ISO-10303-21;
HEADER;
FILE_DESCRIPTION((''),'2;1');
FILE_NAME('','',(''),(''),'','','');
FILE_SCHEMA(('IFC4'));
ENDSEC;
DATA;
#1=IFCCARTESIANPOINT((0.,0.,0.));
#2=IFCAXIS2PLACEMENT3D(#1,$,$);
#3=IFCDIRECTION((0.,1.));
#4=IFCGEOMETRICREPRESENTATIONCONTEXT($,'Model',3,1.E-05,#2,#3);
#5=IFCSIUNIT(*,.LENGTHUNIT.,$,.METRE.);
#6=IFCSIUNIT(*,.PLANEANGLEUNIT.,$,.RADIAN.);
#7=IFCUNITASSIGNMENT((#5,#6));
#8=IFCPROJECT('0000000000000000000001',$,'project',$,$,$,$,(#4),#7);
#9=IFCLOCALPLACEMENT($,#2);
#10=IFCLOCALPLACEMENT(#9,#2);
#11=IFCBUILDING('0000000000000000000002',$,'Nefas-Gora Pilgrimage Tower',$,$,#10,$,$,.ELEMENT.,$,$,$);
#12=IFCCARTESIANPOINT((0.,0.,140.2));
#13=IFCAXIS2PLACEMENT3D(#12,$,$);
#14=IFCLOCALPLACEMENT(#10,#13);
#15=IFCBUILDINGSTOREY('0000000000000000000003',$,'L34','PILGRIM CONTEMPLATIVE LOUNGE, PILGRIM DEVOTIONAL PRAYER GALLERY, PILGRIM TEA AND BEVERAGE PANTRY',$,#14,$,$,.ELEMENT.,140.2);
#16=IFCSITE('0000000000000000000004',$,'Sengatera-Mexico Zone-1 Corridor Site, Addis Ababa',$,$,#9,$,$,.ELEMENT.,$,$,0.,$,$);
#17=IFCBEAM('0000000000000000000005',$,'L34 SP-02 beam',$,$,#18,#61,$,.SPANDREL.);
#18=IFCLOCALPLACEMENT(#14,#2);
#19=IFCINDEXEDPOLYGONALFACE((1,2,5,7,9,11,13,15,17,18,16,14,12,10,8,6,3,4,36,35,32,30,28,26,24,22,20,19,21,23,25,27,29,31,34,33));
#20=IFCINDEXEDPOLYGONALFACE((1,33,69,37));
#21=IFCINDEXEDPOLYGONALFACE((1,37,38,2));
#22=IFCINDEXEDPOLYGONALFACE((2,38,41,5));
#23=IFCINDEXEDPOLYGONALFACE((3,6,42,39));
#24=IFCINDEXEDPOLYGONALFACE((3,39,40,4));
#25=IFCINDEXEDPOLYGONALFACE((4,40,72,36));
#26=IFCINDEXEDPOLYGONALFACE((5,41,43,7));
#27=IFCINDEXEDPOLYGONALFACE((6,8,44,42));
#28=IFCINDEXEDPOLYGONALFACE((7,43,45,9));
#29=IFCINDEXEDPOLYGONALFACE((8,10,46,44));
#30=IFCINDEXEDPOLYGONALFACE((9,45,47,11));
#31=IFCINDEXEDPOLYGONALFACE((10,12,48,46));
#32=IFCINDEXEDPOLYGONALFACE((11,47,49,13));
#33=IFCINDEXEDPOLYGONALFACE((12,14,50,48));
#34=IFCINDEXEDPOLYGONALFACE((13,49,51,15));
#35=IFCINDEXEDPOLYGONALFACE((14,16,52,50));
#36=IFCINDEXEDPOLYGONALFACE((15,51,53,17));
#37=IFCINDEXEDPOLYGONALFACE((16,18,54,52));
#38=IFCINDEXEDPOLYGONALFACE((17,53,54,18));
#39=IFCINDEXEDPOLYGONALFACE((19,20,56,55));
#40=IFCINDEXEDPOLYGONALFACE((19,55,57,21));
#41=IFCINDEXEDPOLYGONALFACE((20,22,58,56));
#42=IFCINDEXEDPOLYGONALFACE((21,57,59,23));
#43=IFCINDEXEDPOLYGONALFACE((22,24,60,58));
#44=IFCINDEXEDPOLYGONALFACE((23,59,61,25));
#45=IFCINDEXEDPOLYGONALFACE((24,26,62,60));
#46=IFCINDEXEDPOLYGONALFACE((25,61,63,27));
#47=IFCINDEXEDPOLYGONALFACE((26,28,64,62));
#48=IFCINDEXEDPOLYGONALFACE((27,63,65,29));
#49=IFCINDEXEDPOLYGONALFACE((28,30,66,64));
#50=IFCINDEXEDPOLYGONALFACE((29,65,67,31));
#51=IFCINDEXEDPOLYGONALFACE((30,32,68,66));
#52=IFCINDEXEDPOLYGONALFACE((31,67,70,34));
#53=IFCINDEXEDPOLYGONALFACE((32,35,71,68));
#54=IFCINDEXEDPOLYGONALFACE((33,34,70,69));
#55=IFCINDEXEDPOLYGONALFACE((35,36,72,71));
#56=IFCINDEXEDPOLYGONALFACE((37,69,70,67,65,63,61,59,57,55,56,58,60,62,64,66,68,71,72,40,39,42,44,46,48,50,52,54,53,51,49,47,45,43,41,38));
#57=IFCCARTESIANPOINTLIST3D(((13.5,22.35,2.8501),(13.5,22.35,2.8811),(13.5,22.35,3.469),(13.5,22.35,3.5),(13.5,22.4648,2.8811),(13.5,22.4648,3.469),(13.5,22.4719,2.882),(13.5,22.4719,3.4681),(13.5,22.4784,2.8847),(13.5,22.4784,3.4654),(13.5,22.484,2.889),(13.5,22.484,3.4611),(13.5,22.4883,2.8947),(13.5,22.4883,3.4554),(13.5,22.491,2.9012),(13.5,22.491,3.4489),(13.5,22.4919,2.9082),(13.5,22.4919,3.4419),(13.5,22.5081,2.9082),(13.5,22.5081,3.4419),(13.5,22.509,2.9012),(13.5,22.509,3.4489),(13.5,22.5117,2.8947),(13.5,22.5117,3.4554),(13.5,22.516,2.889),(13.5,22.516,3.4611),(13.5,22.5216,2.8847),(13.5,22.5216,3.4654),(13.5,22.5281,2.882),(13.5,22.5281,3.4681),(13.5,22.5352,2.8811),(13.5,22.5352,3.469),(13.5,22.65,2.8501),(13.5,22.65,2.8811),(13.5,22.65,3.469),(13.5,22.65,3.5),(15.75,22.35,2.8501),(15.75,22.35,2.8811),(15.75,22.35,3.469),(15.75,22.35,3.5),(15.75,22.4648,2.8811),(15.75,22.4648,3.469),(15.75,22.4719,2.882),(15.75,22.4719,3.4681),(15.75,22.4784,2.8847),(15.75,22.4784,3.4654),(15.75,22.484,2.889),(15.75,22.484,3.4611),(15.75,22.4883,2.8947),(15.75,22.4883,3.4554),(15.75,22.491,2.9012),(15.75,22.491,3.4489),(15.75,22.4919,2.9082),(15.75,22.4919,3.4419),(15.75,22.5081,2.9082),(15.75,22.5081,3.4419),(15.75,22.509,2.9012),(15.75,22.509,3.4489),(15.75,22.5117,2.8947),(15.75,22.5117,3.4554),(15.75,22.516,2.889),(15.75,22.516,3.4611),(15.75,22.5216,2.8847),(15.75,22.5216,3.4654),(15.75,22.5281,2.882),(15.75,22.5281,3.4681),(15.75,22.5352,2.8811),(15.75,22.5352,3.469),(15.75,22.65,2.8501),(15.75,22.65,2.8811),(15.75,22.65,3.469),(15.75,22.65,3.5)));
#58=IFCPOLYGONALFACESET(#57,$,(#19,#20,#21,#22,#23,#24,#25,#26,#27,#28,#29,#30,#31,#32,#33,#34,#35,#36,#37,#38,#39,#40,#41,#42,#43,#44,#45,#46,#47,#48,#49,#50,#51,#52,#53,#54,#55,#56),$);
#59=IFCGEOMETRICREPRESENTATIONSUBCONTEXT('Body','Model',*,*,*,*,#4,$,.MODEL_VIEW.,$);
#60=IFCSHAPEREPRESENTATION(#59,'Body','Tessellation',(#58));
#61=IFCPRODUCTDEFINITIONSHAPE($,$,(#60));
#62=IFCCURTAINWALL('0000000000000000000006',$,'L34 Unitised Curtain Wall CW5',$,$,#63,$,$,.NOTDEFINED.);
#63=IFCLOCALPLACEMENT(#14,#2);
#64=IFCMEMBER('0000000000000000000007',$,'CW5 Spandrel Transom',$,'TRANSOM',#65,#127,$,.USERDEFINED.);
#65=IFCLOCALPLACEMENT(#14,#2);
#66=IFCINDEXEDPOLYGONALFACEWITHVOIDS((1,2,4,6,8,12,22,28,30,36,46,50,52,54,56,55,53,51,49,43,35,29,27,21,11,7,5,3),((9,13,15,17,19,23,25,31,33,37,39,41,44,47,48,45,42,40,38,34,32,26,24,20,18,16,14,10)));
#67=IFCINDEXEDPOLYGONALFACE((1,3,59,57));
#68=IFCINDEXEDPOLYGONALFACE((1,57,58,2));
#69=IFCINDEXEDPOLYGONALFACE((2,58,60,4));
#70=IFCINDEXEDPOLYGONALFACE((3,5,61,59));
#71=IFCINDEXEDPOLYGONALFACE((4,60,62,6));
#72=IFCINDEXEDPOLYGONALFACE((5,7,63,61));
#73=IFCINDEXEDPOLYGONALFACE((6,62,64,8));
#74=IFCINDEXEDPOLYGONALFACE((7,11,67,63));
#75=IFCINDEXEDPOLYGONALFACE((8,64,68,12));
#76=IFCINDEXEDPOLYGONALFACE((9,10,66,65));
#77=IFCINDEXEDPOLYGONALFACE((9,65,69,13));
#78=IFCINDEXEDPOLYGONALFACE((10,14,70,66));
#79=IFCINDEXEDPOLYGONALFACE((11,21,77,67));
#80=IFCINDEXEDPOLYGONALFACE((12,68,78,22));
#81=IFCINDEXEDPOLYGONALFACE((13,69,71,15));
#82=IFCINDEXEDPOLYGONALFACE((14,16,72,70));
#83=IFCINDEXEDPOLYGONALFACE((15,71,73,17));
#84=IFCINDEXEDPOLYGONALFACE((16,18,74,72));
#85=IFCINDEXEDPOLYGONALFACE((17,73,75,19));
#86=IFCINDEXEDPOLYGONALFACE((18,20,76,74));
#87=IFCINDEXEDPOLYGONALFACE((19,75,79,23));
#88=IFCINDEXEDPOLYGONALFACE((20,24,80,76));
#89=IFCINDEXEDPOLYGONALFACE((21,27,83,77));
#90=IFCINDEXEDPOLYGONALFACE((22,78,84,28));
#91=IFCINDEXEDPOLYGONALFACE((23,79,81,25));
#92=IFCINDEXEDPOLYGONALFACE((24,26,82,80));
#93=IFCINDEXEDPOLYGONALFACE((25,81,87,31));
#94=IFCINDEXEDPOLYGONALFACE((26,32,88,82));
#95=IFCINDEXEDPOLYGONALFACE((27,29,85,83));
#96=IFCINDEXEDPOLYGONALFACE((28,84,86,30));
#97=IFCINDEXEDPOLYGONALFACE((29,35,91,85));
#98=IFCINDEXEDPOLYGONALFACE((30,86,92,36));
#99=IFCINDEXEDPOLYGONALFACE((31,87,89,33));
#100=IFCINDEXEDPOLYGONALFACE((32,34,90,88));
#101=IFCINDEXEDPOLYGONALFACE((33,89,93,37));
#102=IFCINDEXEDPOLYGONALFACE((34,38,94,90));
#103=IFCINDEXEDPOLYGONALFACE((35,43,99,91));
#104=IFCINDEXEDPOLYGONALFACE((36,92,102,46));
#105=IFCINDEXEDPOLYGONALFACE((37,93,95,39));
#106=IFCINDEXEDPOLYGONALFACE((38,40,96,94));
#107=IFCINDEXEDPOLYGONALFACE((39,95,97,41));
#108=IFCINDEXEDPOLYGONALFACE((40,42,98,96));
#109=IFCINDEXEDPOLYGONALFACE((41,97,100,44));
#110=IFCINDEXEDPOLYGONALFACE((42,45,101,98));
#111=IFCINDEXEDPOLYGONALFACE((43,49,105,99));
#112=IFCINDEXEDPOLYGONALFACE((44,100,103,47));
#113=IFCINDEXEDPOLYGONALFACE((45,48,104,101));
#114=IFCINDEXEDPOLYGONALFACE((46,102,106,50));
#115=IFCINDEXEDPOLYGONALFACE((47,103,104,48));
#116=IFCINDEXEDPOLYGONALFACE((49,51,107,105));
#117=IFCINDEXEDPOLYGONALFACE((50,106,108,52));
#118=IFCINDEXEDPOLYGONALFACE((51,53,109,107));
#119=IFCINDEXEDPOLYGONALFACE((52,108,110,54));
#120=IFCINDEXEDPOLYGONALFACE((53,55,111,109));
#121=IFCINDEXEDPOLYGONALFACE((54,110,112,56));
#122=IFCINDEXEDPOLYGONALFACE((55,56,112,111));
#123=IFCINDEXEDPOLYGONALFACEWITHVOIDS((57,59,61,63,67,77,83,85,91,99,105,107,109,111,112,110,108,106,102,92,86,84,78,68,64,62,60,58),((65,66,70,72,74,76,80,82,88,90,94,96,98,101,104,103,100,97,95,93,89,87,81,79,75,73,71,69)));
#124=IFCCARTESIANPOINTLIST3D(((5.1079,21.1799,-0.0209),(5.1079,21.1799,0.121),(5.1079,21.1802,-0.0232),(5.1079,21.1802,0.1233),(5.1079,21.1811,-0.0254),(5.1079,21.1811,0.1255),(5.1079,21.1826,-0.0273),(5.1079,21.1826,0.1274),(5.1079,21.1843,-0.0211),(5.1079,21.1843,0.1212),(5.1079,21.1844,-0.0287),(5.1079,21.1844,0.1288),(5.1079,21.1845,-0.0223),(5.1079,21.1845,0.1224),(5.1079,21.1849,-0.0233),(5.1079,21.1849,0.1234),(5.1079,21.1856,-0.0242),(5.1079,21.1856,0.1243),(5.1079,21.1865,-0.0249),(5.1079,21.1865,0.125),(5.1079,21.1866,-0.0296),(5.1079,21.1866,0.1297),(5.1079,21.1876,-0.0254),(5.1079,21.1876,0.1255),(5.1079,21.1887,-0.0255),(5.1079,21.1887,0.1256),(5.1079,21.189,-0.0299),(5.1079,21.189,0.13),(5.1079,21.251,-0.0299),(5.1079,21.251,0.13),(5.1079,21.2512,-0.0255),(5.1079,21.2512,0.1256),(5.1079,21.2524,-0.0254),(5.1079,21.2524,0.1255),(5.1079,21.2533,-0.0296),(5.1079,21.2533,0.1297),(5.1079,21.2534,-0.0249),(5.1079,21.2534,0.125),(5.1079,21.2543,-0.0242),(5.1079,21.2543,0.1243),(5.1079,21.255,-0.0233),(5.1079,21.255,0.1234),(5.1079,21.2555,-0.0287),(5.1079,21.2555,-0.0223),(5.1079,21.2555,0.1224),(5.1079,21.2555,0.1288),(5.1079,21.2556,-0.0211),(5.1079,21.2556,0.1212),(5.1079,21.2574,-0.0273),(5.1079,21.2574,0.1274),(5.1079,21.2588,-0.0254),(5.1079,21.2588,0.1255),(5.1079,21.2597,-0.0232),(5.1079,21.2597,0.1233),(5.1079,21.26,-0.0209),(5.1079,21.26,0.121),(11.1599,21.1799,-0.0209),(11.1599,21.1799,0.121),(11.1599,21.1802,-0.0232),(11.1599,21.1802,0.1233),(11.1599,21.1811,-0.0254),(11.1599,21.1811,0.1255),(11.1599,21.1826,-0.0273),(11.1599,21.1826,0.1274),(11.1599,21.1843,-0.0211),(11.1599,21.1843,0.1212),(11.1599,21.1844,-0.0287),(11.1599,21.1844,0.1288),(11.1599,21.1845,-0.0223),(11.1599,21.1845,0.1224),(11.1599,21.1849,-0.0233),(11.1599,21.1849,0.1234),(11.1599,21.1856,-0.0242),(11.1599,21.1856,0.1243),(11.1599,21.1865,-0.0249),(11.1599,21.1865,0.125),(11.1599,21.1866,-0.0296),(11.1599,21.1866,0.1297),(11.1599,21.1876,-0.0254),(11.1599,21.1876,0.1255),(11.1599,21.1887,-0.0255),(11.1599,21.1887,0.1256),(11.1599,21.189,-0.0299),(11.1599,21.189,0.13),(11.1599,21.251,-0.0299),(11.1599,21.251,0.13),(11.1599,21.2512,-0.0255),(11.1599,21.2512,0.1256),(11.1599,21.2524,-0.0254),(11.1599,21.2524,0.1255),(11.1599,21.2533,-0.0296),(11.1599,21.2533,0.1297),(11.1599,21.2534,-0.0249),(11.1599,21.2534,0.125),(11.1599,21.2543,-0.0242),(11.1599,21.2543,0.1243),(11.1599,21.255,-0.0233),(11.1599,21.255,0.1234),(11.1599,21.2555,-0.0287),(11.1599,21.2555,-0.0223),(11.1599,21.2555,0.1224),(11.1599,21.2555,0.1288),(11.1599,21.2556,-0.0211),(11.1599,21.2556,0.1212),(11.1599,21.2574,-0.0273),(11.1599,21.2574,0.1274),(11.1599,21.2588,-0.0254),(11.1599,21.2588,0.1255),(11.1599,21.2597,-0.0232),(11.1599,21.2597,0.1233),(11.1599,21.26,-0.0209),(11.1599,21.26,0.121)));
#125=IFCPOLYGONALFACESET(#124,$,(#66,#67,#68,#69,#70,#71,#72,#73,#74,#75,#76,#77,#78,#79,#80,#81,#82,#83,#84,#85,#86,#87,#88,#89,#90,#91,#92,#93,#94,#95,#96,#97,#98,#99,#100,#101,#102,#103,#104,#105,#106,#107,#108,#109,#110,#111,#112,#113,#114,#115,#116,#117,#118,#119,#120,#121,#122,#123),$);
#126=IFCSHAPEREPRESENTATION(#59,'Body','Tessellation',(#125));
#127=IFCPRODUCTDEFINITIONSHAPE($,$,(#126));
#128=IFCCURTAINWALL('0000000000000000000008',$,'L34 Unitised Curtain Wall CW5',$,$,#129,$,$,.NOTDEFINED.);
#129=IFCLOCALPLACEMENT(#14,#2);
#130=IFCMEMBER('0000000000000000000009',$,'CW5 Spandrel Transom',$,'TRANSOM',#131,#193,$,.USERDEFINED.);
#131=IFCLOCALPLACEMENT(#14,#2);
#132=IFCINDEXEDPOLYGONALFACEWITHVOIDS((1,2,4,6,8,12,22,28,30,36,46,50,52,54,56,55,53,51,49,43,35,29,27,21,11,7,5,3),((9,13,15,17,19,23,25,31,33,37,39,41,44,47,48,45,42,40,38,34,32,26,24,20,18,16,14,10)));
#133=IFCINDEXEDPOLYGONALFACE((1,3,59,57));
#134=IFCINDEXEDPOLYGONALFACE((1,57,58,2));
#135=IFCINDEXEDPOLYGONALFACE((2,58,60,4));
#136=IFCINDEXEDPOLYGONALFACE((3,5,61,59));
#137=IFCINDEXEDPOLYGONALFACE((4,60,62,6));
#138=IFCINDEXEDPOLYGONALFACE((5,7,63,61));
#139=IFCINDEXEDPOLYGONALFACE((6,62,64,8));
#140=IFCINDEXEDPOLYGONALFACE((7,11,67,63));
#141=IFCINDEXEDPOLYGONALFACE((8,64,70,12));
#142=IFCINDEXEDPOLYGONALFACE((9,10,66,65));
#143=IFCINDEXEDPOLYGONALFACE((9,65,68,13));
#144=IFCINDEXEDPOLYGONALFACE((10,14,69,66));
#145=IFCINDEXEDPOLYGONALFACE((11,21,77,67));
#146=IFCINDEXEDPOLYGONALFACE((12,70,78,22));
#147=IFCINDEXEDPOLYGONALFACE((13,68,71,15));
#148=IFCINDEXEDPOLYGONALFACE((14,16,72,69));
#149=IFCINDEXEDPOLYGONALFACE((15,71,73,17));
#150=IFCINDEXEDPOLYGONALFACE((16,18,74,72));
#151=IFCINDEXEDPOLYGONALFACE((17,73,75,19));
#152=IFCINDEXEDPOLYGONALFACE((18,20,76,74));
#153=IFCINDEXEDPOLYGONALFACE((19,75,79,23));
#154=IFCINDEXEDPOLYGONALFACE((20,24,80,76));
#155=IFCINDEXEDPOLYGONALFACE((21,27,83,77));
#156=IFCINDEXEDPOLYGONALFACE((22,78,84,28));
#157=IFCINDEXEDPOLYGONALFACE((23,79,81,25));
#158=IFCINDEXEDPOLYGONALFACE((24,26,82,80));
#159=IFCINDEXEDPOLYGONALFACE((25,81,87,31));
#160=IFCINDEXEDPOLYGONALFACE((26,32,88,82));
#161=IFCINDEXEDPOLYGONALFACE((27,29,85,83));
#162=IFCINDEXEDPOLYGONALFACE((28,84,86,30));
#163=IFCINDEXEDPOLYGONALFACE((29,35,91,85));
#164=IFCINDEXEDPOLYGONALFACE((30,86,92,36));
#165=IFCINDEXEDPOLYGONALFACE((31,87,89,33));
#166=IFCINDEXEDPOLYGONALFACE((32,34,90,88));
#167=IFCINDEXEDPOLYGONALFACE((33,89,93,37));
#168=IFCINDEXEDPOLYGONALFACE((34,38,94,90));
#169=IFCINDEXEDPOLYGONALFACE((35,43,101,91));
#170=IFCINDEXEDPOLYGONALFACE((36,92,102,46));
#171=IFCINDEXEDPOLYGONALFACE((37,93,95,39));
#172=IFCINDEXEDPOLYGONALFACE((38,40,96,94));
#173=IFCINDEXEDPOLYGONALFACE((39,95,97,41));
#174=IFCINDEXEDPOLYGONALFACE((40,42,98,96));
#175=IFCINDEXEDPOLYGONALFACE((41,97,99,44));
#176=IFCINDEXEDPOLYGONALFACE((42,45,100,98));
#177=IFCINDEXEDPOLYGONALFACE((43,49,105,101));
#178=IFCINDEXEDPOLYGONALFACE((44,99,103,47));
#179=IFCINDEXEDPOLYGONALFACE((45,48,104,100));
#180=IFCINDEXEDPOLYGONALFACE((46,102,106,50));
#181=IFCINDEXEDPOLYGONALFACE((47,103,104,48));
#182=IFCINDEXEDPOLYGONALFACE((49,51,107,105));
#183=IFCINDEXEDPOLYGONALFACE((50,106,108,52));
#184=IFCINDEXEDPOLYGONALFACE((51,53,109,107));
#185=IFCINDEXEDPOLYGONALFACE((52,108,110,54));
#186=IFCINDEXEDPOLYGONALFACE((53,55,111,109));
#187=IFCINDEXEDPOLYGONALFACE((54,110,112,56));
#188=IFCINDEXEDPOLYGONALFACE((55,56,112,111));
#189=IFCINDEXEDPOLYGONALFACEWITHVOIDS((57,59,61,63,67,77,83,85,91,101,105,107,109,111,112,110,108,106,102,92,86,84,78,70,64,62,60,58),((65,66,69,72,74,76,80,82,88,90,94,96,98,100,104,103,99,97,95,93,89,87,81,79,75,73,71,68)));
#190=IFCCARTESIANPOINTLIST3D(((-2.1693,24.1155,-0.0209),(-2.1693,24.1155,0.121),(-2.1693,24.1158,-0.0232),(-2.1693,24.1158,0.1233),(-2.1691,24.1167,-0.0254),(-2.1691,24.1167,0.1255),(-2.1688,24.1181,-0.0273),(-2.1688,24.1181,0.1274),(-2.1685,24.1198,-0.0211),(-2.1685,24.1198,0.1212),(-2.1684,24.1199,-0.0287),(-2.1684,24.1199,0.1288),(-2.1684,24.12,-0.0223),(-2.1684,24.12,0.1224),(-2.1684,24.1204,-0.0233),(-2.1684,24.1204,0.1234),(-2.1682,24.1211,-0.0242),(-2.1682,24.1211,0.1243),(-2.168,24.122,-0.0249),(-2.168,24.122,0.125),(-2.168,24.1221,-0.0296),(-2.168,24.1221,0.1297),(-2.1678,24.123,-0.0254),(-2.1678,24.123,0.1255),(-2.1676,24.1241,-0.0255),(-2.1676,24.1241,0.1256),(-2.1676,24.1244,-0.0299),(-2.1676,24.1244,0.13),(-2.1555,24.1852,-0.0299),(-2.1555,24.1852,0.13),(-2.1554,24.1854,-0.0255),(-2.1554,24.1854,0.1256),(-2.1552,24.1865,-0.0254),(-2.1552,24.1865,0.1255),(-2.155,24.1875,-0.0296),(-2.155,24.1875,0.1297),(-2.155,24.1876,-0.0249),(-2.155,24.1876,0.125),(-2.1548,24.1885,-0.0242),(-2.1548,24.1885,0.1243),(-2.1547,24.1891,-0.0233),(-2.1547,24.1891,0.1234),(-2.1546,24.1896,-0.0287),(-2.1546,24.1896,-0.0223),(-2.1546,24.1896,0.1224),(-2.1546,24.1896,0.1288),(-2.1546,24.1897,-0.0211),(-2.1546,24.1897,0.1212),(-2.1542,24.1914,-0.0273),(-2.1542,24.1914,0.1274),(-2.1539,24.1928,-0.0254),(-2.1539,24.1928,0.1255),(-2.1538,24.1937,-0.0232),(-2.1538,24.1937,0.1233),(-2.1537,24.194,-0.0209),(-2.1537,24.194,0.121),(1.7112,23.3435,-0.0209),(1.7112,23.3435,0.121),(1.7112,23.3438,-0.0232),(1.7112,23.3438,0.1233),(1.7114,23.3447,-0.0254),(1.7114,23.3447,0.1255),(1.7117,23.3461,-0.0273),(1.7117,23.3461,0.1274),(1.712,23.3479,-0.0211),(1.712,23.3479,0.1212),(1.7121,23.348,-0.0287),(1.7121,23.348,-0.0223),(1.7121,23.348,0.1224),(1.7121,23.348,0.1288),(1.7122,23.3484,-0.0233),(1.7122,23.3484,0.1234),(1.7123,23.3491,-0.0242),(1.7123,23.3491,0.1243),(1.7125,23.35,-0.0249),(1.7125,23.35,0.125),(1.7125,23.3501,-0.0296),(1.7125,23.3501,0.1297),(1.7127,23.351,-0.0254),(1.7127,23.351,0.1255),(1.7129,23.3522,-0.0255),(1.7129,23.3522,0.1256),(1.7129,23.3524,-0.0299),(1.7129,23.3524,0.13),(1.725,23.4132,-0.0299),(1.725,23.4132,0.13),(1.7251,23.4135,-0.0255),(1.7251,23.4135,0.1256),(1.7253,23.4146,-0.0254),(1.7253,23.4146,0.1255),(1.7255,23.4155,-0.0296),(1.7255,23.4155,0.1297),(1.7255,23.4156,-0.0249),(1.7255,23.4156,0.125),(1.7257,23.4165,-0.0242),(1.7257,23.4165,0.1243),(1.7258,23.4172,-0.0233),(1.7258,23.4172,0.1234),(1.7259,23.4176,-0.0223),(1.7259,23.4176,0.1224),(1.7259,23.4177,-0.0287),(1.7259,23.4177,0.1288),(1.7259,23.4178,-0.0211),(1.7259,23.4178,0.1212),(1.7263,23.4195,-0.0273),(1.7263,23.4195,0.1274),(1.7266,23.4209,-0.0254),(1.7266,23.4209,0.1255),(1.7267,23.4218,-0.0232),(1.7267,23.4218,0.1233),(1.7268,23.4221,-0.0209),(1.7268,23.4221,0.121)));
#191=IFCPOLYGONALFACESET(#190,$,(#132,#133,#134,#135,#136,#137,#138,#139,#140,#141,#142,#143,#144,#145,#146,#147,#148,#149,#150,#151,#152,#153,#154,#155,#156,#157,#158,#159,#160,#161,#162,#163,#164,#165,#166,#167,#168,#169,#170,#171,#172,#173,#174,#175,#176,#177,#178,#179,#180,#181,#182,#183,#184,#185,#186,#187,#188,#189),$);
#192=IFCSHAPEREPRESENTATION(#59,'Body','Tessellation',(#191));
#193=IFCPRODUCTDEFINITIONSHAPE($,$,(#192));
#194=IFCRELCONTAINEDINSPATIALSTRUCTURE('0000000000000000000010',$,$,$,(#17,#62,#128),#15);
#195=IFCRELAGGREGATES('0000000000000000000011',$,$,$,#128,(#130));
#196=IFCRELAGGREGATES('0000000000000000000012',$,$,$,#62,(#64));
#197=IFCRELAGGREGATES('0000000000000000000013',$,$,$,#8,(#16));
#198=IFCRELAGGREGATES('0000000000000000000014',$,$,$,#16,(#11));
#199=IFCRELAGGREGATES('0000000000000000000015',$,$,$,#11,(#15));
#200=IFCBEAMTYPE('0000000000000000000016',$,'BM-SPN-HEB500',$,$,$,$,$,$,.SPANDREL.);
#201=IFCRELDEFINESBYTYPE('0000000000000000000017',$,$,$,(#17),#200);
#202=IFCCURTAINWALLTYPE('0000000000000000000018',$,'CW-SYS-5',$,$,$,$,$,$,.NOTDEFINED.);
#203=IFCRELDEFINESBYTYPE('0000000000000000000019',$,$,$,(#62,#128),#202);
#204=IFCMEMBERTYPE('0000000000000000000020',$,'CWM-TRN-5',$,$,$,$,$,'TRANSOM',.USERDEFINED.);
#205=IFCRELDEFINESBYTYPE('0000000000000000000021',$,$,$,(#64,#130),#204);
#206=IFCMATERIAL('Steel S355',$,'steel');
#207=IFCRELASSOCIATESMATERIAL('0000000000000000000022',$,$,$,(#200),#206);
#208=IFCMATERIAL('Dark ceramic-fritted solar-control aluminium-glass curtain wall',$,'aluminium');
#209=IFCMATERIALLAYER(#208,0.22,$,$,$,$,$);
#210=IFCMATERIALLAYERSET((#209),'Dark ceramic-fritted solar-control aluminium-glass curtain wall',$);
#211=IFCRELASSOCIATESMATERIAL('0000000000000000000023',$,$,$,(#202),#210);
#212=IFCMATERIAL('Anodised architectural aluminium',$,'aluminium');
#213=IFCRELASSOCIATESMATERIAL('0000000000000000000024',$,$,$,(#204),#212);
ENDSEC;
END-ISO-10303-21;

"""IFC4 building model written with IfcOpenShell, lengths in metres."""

from ifc_helpers import new_model, si_unit, direction, frame, origin, origin_2d, place, context, subcontext, project, spatial, hollow_rectangle, i_section, extrude, source, transform, mapped, material, layer, layer_set, material_profile, profile_set, type_object, element, aggregate, save


model = new_model("IFC4")

# Units and contexts
model_context = context("Model", 3, precision=1e-05, world=origin(), true_north=direction((0.0, 1.0)))
body_context = subcontext(model_context, "Body", "Model", "MODEL_VIEW")
ifc_project = project(units=[si_unit("LENGTHUNIT", "METRE"), si_unit("PLANEANGLEUNIT", "RADIAN")], contexts=[model_context])

# Site, building, storey
site_placement = place(None, origin())
site = spatial("IfcSite", under=ifc_project, at=site_placement, Name="Sengatera-Mexico Zone-1 Corridor Site, Addis Ababa", CompositionType="ELEMENT", RefElevation=0.0)
building_placement = place(site_placement, origin())
building = spatial("IfcBuilding", under=site, at=building_placement, Name="Nefas-Gora Pilgrimage Tower", CompositionType="ELEMENT")
storey_placement = place(building_placement, frame((0.0, 0.0, 140.2)))
storey = spatial("IfcBuildingStorey", under=building, at=storey_placement, Name="L34", Description="PILGRIM CONTEMPLATIVE LOUNGE, PILGRIM DEVOTIONAL PRAYER GALLERY, PILGRIM TEA AND BEVERAGE PANTRY", CompositionType="ELEMENT", Elevation=140.2)

# Beam
ifc_material_1 = material(Name="Steel S355", Category="steel")
ifc_material_profile_1 = material_profile(ifc_material_1, i_section(OverallWidth=0.3, OverallDepth=0.6499, WebThickness=0.0161, FlangeThickness=0.031, FilletRadius=0.0271, at=origin_2d()), Name="HEB 650")
ifc_profile_set_1 = profile_set([ifc_material_profile_1], Name="Steel S355")
beam_type_1 = type_object("IfcBeamType", Name="BM-SPN-HEB500", PredefinedType="SPANDREL", material=ifc_profile_set_1)
shared_shape_1 = source(origin(), body_context, "Body", "SweptSolid", [
    extrude(i_section(OverallWidth=0.3, OverallDepth=0.6499, WebThickness=0.0161, FlangeThickness=0.031, FilletRadius=0.0271, at=origin_2d()), origin(), (0.0, 0.0, 1.0), 2.25),
])
beam_1_placement = place(storey_placement, frame((13.5, 22.5, 3.175), z_axis=(1.0, 0.0, 0.0), x_axis=(0.0, 1.0, 0.0)))
element("IfcBeam", 1, at=beam_1_placement, inside=storey, type_object=beam_type_1, Name="L34 SP-02 beam", PredefinedType="SPANDREL", context=body_context, shape_type="MappedRepresentation", body=[
    mapped(shared_shape_1, transform((0.0, 0.0, 0.0), x_axis=(1.0, 0.0, 0.0), y_axis=(0.0, 1.0, 0.0), z_axis=(0.0, 0.0, 1.0), scale=1.0)),
])

# Curtain walls, members
ifc_material_2 = material(Name="Dark ceramic-fritted solar-control aluminium-glass curtain wall", Category="aluminium")
ifc_layer_1 = layer(ifc_material_2, 0.22)
ifc_layer_set_1 = layer_set([ifc_layer_1], Name="Dark ceramic-fritted solar-control aluminium-glass curtain wall")
curtain_wall_type_1 = type_object("IfcCurtainWallType", Name="CW-SYS-5", PredefinedType="NOTDEFINED", material=ifc_layer_set_1)
curtain_wall_1_placement = place(storey_placement, origin())
curtain_wall_1 = element("IfcCurtainWall", 2, at=curtain_wall_1_placement, inside=storey, type_object=curtain_wall_type_1, Name="L34 Unitised Curtain Wall CW5", PredefinedType="NOTDEFINED")
ifc_material_3 = material(Name="Anodised architectural aluminium", Category="aluminium")
ifc_material_profile_2 = material_profile(ifc_material_3, hollow_rectangle(XDim=0.0801, YDim=0.1599, WallThickness=0.0044, InnerFilletRadius=0.0044, OuterFilletRadius=0.009, at=origin_2d()), Name="ALU TRANSOM 80x160")
ifc_profile_set_2 = profile_set([ifc_material_profile_2], Name="Anodised architectural aluminium")
member_type_1 = type_object("IfcMemberType", Name="CWM-TRN-5", ElementType="TRANSOM", PredefinedType="USERDEFINED", material=ifc_profile_set_2)
shared_shape_2 = source(origin(), body_context, "Body", "SweptSolid", [
    extrude(hollow_rectangle(XDim=0.0801, YDim=0.1599, WallThickness=0.0044, InnerFilletRadius=0.0044, OuterFilletRadius=0.009, at=origin_2d()), origin(), (0.0, 0.0, 1.0), 6.052),
])
member_1_placement = place(storey_placement, frame((11.1599, 21.22, 0.05), z_axis=(-1.0, 0.0, 0.0), x_axis=(0.0, -1.0, 0.0)))
member_1 = element("IfcMember", 3, at=member_1_placement, type_object=member_type_1, Name="CW5 Spandrel Transom", ObjectType="TRANSOM", PredefinedType="USERDEFINED", context=body_context, shape_type="MappedRepresentation", body=[
    mapped(shared_shape_2, transform((0.0, 0.0, 0.0), x_axis=(1.0, 0.0, 0.0), y_axis=(0.0, 1.0, 0.0), z_axis=(0.0, 0.0, 1.0), scale=1.0)),
])
curtain_wall_2_placement = place(storey_placement, origin())
curtain_wall_2 = element("IfcCurtainWall", 4, at=curtain_wall_2_placement, inside=storey, type_object=curtain_wall_type_1, Name="L34 Unitised Curtain Wall CW5", PredefinedType="NOTDEFINED")
shared_shape_3 = source(origin(), body_context, "Body", "SweptSolid", [
    extrude(hollow_rectangle(XDim=0.0801, YDim=0.1599, WallThickness=0.0044, InnerFilletRadius=0.0044, OuterFilletRadius=0.009, at=origin_2d()), origin(), (0.0, 0.0, 1.0), 3.9565),
])
member_2_placement = place(storey_placement, frame((1.719, 23.3828, 0.05), z_axis=(-0.980782, 0.195107, 0.0), x_axis=(-0.195107, -0.980782, 0.0)))
member_2 = element("IfcMember", 5, at=member_2_placement, type_object=member_type_1, Name="CW5 Spandrel Transom", ObjectType="TRANSOM", PredefinedType="USERDEFINED", context=body_context, shape_type="MappedRepresentation", body=[
    mapped(shared_shape_3, transform((0.0, 0.0, 0.0), x_axis=(1.0, 0.0, 0.0), y_axis=(0.0, 1.0, 0.0), z_axis=(0.0, 0.0, 1.0), scale=1.0)),
])

aggregate(curtain_wall_2, [member_2])

aggregate(curtain_wall_1, [member_1])

save(model, "model.ifc")
